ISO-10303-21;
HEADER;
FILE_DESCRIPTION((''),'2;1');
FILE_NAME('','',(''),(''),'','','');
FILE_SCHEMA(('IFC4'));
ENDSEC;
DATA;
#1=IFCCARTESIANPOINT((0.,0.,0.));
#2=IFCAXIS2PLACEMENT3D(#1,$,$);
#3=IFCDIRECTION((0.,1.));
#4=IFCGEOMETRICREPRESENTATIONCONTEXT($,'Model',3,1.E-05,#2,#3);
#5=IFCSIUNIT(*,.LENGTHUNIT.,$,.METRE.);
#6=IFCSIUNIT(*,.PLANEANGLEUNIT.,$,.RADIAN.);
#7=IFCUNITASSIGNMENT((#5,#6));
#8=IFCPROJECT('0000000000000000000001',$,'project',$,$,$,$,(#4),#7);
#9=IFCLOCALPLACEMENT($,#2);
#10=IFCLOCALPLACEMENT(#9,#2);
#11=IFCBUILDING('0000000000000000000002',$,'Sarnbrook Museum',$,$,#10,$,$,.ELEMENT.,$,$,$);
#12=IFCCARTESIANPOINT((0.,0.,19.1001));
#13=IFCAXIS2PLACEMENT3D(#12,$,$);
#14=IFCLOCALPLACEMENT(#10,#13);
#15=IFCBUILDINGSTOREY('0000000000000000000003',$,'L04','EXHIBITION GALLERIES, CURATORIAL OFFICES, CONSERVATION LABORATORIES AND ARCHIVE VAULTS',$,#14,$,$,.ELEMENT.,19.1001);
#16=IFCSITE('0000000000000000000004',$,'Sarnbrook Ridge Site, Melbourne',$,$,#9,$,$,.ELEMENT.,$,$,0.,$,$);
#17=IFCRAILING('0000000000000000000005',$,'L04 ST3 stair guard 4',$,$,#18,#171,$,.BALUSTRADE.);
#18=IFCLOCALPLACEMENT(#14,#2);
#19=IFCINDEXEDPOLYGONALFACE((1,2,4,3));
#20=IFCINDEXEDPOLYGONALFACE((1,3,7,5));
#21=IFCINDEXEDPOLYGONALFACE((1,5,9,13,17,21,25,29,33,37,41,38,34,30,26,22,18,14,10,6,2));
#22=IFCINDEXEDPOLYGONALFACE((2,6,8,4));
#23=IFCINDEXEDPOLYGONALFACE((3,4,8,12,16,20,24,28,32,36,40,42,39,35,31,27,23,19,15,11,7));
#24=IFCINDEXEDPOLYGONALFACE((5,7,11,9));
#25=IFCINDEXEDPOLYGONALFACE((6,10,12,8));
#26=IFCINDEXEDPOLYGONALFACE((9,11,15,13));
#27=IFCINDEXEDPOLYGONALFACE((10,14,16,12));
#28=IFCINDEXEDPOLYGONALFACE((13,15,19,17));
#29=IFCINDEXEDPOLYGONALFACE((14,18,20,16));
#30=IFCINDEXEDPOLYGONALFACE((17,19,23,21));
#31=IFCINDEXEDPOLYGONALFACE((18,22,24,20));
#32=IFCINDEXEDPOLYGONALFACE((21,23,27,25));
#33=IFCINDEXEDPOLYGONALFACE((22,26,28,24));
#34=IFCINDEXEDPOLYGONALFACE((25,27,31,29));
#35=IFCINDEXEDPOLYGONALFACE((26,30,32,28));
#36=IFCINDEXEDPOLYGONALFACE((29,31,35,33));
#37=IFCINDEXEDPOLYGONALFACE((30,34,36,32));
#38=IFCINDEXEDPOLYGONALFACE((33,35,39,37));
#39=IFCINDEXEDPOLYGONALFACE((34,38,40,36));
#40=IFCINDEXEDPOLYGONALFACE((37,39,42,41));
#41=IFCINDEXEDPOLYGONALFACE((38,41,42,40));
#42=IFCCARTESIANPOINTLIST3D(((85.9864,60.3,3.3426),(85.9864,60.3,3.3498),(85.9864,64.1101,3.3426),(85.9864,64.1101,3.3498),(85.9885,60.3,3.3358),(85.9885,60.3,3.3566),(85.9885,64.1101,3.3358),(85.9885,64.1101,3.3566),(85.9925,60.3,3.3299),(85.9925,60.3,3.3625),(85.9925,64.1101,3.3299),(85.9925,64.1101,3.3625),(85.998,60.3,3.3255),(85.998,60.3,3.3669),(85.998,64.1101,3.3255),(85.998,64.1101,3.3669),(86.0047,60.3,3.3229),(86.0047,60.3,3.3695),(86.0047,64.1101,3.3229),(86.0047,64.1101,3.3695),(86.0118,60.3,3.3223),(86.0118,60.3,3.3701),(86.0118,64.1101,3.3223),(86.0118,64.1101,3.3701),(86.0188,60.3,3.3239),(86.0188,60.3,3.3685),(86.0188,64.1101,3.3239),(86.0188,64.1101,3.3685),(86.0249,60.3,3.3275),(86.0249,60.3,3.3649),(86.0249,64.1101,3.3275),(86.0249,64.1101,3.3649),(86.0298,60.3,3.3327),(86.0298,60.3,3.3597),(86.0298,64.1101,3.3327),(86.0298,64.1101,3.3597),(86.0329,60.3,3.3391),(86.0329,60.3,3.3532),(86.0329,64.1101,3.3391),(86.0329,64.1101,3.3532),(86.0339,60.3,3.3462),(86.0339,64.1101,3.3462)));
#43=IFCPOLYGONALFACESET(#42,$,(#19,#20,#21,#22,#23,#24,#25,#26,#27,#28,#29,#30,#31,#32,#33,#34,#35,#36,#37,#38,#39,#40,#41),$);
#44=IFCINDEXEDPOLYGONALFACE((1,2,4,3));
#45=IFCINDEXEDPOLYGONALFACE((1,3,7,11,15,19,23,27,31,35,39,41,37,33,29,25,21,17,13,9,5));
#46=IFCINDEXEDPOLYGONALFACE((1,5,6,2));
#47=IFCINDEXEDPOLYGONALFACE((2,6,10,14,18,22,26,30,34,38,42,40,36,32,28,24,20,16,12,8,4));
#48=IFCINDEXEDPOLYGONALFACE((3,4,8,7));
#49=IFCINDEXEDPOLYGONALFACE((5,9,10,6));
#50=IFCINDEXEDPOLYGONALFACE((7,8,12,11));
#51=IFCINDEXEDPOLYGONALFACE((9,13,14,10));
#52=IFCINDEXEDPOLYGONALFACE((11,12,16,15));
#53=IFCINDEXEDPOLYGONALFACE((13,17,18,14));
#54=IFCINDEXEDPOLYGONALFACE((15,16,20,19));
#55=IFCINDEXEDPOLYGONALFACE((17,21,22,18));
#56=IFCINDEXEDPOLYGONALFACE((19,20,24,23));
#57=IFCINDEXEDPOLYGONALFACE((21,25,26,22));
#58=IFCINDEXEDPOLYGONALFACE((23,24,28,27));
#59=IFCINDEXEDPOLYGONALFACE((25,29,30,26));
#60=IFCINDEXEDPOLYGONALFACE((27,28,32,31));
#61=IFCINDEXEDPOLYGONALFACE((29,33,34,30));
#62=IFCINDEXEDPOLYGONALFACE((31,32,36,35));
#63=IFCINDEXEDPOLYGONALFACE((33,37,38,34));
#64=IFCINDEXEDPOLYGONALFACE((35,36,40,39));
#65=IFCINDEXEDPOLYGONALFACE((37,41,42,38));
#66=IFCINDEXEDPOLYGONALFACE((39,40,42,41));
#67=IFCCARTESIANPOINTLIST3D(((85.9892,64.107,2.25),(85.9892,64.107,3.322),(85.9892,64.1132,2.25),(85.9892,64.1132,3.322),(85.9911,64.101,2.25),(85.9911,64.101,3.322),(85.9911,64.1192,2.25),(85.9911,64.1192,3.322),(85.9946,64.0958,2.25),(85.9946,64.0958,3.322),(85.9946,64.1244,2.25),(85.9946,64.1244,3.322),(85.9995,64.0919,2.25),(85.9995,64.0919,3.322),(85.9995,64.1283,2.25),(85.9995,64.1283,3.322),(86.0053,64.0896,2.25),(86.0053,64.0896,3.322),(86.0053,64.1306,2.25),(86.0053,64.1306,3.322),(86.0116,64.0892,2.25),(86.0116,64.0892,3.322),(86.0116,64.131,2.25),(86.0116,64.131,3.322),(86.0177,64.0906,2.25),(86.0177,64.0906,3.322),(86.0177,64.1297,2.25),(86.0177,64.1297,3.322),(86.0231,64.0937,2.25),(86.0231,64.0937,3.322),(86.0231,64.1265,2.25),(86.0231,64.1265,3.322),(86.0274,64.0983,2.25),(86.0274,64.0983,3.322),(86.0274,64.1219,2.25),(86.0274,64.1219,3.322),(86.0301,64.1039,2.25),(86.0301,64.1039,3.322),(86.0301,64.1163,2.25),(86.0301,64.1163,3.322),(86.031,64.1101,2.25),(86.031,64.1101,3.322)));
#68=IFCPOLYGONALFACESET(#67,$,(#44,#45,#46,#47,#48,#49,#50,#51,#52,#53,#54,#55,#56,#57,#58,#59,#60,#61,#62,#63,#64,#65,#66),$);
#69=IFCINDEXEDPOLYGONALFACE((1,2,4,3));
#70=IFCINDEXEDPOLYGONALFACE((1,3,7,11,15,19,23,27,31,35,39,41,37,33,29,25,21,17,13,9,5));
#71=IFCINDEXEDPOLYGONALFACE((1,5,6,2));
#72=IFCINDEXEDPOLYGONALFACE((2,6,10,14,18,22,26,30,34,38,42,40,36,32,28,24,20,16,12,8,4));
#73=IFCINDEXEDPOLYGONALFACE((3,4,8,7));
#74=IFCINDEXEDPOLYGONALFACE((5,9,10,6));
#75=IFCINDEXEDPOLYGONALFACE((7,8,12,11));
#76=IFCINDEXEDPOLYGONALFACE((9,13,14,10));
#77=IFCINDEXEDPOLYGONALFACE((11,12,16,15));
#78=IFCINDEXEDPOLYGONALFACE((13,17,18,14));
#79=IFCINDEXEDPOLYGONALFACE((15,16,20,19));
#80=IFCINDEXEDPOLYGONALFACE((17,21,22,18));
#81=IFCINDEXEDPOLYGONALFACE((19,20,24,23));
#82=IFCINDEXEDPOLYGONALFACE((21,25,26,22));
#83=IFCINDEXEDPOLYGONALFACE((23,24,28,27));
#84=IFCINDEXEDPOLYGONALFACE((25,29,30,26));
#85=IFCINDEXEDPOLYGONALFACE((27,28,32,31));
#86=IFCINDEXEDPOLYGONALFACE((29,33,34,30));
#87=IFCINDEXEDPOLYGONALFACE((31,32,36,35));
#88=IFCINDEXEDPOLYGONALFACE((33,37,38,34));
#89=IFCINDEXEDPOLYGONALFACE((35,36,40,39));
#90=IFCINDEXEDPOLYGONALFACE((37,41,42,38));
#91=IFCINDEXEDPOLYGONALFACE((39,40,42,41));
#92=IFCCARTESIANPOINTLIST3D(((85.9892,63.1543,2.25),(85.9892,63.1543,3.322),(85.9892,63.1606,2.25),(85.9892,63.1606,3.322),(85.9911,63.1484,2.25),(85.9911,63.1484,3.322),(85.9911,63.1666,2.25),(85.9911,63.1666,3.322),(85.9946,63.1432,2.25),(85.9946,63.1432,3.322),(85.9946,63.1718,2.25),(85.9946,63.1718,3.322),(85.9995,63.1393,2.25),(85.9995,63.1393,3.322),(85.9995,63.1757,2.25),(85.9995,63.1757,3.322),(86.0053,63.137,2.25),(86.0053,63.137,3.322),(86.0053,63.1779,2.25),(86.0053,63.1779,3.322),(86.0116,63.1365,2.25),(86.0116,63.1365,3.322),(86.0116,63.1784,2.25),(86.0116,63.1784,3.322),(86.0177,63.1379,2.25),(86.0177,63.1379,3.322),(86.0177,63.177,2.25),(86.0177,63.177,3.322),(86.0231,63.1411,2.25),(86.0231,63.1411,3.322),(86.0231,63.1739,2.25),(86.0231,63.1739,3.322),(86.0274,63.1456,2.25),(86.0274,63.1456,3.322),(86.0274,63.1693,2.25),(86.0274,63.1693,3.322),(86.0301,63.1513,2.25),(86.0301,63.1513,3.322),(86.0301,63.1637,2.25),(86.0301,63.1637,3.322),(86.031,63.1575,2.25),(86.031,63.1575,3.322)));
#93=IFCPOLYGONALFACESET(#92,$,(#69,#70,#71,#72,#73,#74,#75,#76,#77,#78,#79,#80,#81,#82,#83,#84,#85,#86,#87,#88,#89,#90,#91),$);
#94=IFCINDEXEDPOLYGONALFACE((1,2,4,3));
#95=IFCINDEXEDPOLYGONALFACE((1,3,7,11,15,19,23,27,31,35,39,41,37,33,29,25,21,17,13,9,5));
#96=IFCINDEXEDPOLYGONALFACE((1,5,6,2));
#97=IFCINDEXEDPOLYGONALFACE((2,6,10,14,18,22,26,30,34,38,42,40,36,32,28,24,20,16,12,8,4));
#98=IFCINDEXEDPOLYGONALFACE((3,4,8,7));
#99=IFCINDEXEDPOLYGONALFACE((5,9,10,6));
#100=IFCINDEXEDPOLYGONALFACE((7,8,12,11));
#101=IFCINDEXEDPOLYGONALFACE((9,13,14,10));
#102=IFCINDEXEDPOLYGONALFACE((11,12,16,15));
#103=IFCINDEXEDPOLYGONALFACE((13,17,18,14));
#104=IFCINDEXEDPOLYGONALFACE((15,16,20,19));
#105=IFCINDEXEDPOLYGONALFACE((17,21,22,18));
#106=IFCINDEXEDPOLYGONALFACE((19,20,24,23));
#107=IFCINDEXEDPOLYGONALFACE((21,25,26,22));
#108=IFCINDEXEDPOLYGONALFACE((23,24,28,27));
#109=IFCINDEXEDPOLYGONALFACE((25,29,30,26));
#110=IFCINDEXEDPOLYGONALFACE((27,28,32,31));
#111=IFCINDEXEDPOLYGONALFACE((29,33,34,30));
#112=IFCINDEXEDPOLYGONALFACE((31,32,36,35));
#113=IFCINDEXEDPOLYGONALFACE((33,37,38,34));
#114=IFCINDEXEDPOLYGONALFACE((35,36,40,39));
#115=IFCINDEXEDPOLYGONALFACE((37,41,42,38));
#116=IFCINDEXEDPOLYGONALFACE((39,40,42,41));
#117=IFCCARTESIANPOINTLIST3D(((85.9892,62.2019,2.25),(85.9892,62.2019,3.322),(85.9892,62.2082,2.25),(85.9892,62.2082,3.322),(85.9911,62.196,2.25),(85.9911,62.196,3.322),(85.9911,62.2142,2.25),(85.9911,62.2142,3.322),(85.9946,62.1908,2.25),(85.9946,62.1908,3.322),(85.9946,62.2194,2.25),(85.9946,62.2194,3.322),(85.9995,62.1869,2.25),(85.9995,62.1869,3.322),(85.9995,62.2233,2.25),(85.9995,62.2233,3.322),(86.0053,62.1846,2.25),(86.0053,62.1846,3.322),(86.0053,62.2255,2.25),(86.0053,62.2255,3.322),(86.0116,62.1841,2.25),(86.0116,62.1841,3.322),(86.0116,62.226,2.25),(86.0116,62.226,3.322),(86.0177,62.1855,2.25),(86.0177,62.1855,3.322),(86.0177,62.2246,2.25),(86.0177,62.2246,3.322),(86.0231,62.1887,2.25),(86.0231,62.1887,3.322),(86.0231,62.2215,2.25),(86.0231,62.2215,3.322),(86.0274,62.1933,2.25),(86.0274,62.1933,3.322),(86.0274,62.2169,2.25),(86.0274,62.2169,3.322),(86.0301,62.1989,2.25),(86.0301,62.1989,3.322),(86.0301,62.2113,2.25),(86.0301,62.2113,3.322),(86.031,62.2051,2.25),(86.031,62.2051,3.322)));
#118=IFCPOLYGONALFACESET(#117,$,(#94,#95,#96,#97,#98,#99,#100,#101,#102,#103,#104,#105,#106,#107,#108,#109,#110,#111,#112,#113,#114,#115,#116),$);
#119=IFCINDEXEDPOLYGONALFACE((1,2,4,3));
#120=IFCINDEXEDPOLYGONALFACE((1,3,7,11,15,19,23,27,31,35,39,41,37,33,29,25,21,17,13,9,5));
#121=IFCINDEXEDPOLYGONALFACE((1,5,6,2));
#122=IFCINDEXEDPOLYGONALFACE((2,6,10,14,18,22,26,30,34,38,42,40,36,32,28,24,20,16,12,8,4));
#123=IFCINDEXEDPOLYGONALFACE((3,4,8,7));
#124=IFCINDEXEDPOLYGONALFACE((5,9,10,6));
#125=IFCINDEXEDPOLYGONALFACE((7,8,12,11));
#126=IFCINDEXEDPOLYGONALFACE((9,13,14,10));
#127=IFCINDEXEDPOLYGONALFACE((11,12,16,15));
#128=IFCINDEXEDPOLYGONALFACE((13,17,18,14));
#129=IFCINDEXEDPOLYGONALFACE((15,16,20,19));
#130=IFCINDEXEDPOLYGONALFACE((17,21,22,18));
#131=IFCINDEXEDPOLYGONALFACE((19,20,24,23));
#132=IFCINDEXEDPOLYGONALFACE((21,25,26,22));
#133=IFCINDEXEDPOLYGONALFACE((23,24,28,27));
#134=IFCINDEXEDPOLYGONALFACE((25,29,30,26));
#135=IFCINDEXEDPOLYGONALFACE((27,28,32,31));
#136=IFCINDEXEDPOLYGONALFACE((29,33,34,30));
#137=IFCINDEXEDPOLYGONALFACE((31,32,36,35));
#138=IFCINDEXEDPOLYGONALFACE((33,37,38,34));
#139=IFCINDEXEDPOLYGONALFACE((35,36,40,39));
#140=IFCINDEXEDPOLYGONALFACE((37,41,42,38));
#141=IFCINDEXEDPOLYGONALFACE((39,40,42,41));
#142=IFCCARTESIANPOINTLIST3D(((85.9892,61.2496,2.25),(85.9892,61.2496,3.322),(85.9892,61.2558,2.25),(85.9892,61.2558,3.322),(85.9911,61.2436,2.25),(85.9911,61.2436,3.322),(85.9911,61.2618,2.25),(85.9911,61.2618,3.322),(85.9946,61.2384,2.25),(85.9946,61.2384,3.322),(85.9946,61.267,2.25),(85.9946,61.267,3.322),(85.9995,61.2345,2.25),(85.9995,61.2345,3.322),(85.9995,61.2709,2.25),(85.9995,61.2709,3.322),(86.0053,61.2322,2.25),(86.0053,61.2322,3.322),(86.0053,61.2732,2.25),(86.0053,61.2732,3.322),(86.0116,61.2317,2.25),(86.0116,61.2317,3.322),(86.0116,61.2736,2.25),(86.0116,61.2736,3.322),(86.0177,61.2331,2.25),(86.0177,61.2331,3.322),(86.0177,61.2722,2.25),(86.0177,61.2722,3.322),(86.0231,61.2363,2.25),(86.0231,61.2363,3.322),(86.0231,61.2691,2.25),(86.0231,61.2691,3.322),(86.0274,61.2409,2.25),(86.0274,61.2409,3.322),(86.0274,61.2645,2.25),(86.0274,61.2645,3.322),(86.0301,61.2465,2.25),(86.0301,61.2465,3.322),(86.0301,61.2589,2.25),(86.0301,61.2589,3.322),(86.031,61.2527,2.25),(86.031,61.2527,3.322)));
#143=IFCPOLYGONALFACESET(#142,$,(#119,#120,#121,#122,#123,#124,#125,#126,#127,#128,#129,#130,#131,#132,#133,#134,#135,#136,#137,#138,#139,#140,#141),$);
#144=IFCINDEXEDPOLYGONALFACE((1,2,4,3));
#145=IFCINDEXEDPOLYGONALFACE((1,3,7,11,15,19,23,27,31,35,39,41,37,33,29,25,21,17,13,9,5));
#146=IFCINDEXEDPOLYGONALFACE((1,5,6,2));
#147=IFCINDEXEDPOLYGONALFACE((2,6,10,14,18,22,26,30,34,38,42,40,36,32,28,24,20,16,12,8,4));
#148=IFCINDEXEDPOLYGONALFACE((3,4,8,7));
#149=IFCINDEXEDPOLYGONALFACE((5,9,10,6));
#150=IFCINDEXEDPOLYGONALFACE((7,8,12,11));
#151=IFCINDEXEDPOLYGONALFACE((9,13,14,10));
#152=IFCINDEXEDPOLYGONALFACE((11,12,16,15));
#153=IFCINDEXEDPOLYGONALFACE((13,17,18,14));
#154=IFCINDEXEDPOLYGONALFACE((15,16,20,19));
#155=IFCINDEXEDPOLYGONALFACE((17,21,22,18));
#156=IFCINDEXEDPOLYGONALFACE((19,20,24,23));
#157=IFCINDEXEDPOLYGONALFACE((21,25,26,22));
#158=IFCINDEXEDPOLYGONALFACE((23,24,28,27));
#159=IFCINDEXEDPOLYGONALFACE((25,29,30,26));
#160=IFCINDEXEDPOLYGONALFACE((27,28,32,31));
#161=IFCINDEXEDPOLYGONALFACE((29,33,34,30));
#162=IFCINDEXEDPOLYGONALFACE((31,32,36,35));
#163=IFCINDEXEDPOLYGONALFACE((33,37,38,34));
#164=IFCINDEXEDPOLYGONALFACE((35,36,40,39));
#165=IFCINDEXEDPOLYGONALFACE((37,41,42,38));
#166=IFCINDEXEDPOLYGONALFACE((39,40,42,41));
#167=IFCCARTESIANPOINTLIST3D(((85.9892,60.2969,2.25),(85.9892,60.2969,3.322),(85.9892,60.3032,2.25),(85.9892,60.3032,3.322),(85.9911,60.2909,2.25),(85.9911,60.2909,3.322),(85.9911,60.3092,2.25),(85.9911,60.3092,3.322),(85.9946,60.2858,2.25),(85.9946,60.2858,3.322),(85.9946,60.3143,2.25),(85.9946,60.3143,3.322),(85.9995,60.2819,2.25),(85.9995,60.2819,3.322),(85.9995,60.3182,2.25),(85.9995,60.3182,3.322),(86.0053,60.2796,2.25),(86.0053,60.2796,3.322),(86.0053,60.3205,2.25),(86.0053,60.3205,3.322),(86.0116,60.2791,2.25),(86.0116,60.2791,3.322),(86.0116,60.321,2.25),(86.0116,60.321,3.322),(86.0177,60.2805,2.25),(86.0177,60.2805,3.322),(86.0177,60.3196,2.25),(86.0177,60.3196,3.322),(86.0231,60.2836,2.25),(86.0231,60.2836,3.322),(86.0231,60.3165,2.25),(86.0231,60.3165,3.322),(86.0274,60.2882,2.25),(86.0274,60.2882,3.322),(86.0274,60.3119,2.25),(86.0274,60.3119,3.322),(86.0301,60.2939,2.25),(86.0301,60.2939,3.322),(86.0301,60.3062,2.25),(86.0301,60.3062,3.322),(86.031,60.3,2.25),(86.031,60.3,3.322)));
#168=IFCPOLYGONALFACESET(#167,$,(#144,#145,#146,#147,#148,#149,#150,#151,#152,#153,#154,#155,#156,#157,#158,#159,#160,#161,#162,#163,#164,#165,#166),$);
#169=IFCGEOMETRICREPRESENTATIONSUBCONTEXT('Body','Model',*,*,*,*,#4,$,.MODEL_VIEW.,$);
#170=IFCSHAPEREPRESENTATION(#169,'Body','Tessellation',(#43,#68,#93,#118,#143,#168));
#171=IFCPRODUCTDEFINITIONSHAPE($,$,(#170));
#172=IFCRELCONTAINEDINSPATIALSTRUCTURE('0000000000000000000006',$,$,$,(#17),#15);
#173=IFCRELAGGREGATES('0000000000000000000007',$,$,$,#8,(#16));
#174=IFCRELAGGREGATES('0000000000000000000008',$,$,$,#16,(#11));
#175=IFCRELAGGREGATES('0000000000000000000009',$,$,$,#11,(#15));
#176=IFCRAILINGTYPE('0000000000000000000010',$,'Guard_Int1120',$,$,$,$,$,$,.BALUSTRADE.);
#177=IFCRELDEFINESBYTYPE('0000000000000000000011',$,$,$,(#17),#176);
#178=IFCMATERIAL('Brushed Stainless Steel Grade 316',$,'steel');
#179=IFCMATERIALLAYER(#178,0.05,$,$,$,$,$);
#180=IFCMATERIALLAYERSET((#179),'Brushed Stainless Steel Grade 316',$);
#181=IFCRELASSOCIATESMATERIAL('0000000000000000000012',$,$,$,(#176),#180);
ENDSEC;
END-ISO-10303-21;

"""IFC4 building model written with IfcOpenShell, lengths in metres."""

from ifc_helpers import new_model, si_unit, direction, frame, origin, origin_2d, place, context, subcontext, project, spatial, circle, extrude, material, layer, layer_set, type_object, element, save


model = new_model("IFC4")

# Units and contexts
model_context = context("Model", 3, precision=1e-05, world=origin(), true_north=direction((0.0, 1.0)))
body_context = subcontext(model_context, "Body", "Model", "MODEL_VIEW")
ifc_project = project(units=[si_unit("LENGTHUNIT", "METRE"), si_unit("PLANEANGLEUNIT", "RADIAN")], contexts=[model_context])

# Site, building, storey
site_placement = place(None, origin())
site = spatial("IfcSite", under=ifc_project, at=site_placement, Name="Sarnbrook Ridge Site, Melbourne", CompositionType="ELEMENT", RefElevation=0.0)
building_placement = place(site_placement, origin())
building = spatial("IfcBuilding", under=site, at=building_placement, Name="Sarnbrook Museum", CompositionType="ELEMENT")
storey_placement = place(building_placement, frame((0.0, 0.0, 19.1001)))
storey = spatial("IfcBuildingStorey", under=building, at=storey_placement, Name="L04", Description="EXHIBITION GALLERIES, CURATORIAL OFFICES, CONSERVATION LABORATORIES AND ARCHIVE VAULTS", CompositionType="ELEMENT", Elevation=19.1001)

# Shared definitions
ifc_material_1 = material(Name="Brushed Stainless Steel Grade 316", Category="steel")

# Railing
ifc_layer_1 = layer(ifc_material_1, 0.05)
ifc_layer_set_1 = layer_set([ifc_layer_1], Name="Brushed Stainless Steel Grade 316")
railing_type_1 = type_object("IfcRailingType", Name="Guard_Int1120", PredefinedType="BALUSTRADE", material=ifc_layer_set_1)
for number, where, name in (
    (1, (86.01, 64.1101, 2.25), "L04 ST3 stair guard 4"),
):
    element("IfcRailing", number, at=place(storey_placement, frame(where)), inside=storey, type_object=railing_type_1, Name=name, PredefinedType="BALUSTRADE", context=body_context, shape_type="SweptSolid", body=[
        extrude(circle(Radius=0.0239, at=origin_2d()), frame((0.0, 0.0, 1.0962), z_axis=(0.0, -1.0, 0.0), x_axis=(1.0, 0.0, 0.0)), (0.0, 0.0, 1.0), 3.8101),
        extrude(circle(Radius=0.021, at=origin_2d()), origin(), (0.0, 0.0, 1.0), 1.072),
        extrude(circle(Radius=0.021, at=origin_2d()), frame((0.0, -0.9526, 0.0)), (0.0, 0.0, 1.0), 1.072),
        extrude(circle(Radius=0.021, at=origin_2d()), frame((0.0, -1.905, 0.0)), (0.0, 0.0, 1.0), 1.072),
        extrude(circle(Radius=0.021, at=origin_2d()), frame((0.0, -2.8574, 0.0)), (0.0, 0.0, 1.0), 1.072),
        extrude(circle(Radius=0.021, at=origin_2d()), frame((0.0, -3.8101, 0.0)), (0.0, 0.0, 1.0), 1.072),
    ])

save(model, "model.ifc")
